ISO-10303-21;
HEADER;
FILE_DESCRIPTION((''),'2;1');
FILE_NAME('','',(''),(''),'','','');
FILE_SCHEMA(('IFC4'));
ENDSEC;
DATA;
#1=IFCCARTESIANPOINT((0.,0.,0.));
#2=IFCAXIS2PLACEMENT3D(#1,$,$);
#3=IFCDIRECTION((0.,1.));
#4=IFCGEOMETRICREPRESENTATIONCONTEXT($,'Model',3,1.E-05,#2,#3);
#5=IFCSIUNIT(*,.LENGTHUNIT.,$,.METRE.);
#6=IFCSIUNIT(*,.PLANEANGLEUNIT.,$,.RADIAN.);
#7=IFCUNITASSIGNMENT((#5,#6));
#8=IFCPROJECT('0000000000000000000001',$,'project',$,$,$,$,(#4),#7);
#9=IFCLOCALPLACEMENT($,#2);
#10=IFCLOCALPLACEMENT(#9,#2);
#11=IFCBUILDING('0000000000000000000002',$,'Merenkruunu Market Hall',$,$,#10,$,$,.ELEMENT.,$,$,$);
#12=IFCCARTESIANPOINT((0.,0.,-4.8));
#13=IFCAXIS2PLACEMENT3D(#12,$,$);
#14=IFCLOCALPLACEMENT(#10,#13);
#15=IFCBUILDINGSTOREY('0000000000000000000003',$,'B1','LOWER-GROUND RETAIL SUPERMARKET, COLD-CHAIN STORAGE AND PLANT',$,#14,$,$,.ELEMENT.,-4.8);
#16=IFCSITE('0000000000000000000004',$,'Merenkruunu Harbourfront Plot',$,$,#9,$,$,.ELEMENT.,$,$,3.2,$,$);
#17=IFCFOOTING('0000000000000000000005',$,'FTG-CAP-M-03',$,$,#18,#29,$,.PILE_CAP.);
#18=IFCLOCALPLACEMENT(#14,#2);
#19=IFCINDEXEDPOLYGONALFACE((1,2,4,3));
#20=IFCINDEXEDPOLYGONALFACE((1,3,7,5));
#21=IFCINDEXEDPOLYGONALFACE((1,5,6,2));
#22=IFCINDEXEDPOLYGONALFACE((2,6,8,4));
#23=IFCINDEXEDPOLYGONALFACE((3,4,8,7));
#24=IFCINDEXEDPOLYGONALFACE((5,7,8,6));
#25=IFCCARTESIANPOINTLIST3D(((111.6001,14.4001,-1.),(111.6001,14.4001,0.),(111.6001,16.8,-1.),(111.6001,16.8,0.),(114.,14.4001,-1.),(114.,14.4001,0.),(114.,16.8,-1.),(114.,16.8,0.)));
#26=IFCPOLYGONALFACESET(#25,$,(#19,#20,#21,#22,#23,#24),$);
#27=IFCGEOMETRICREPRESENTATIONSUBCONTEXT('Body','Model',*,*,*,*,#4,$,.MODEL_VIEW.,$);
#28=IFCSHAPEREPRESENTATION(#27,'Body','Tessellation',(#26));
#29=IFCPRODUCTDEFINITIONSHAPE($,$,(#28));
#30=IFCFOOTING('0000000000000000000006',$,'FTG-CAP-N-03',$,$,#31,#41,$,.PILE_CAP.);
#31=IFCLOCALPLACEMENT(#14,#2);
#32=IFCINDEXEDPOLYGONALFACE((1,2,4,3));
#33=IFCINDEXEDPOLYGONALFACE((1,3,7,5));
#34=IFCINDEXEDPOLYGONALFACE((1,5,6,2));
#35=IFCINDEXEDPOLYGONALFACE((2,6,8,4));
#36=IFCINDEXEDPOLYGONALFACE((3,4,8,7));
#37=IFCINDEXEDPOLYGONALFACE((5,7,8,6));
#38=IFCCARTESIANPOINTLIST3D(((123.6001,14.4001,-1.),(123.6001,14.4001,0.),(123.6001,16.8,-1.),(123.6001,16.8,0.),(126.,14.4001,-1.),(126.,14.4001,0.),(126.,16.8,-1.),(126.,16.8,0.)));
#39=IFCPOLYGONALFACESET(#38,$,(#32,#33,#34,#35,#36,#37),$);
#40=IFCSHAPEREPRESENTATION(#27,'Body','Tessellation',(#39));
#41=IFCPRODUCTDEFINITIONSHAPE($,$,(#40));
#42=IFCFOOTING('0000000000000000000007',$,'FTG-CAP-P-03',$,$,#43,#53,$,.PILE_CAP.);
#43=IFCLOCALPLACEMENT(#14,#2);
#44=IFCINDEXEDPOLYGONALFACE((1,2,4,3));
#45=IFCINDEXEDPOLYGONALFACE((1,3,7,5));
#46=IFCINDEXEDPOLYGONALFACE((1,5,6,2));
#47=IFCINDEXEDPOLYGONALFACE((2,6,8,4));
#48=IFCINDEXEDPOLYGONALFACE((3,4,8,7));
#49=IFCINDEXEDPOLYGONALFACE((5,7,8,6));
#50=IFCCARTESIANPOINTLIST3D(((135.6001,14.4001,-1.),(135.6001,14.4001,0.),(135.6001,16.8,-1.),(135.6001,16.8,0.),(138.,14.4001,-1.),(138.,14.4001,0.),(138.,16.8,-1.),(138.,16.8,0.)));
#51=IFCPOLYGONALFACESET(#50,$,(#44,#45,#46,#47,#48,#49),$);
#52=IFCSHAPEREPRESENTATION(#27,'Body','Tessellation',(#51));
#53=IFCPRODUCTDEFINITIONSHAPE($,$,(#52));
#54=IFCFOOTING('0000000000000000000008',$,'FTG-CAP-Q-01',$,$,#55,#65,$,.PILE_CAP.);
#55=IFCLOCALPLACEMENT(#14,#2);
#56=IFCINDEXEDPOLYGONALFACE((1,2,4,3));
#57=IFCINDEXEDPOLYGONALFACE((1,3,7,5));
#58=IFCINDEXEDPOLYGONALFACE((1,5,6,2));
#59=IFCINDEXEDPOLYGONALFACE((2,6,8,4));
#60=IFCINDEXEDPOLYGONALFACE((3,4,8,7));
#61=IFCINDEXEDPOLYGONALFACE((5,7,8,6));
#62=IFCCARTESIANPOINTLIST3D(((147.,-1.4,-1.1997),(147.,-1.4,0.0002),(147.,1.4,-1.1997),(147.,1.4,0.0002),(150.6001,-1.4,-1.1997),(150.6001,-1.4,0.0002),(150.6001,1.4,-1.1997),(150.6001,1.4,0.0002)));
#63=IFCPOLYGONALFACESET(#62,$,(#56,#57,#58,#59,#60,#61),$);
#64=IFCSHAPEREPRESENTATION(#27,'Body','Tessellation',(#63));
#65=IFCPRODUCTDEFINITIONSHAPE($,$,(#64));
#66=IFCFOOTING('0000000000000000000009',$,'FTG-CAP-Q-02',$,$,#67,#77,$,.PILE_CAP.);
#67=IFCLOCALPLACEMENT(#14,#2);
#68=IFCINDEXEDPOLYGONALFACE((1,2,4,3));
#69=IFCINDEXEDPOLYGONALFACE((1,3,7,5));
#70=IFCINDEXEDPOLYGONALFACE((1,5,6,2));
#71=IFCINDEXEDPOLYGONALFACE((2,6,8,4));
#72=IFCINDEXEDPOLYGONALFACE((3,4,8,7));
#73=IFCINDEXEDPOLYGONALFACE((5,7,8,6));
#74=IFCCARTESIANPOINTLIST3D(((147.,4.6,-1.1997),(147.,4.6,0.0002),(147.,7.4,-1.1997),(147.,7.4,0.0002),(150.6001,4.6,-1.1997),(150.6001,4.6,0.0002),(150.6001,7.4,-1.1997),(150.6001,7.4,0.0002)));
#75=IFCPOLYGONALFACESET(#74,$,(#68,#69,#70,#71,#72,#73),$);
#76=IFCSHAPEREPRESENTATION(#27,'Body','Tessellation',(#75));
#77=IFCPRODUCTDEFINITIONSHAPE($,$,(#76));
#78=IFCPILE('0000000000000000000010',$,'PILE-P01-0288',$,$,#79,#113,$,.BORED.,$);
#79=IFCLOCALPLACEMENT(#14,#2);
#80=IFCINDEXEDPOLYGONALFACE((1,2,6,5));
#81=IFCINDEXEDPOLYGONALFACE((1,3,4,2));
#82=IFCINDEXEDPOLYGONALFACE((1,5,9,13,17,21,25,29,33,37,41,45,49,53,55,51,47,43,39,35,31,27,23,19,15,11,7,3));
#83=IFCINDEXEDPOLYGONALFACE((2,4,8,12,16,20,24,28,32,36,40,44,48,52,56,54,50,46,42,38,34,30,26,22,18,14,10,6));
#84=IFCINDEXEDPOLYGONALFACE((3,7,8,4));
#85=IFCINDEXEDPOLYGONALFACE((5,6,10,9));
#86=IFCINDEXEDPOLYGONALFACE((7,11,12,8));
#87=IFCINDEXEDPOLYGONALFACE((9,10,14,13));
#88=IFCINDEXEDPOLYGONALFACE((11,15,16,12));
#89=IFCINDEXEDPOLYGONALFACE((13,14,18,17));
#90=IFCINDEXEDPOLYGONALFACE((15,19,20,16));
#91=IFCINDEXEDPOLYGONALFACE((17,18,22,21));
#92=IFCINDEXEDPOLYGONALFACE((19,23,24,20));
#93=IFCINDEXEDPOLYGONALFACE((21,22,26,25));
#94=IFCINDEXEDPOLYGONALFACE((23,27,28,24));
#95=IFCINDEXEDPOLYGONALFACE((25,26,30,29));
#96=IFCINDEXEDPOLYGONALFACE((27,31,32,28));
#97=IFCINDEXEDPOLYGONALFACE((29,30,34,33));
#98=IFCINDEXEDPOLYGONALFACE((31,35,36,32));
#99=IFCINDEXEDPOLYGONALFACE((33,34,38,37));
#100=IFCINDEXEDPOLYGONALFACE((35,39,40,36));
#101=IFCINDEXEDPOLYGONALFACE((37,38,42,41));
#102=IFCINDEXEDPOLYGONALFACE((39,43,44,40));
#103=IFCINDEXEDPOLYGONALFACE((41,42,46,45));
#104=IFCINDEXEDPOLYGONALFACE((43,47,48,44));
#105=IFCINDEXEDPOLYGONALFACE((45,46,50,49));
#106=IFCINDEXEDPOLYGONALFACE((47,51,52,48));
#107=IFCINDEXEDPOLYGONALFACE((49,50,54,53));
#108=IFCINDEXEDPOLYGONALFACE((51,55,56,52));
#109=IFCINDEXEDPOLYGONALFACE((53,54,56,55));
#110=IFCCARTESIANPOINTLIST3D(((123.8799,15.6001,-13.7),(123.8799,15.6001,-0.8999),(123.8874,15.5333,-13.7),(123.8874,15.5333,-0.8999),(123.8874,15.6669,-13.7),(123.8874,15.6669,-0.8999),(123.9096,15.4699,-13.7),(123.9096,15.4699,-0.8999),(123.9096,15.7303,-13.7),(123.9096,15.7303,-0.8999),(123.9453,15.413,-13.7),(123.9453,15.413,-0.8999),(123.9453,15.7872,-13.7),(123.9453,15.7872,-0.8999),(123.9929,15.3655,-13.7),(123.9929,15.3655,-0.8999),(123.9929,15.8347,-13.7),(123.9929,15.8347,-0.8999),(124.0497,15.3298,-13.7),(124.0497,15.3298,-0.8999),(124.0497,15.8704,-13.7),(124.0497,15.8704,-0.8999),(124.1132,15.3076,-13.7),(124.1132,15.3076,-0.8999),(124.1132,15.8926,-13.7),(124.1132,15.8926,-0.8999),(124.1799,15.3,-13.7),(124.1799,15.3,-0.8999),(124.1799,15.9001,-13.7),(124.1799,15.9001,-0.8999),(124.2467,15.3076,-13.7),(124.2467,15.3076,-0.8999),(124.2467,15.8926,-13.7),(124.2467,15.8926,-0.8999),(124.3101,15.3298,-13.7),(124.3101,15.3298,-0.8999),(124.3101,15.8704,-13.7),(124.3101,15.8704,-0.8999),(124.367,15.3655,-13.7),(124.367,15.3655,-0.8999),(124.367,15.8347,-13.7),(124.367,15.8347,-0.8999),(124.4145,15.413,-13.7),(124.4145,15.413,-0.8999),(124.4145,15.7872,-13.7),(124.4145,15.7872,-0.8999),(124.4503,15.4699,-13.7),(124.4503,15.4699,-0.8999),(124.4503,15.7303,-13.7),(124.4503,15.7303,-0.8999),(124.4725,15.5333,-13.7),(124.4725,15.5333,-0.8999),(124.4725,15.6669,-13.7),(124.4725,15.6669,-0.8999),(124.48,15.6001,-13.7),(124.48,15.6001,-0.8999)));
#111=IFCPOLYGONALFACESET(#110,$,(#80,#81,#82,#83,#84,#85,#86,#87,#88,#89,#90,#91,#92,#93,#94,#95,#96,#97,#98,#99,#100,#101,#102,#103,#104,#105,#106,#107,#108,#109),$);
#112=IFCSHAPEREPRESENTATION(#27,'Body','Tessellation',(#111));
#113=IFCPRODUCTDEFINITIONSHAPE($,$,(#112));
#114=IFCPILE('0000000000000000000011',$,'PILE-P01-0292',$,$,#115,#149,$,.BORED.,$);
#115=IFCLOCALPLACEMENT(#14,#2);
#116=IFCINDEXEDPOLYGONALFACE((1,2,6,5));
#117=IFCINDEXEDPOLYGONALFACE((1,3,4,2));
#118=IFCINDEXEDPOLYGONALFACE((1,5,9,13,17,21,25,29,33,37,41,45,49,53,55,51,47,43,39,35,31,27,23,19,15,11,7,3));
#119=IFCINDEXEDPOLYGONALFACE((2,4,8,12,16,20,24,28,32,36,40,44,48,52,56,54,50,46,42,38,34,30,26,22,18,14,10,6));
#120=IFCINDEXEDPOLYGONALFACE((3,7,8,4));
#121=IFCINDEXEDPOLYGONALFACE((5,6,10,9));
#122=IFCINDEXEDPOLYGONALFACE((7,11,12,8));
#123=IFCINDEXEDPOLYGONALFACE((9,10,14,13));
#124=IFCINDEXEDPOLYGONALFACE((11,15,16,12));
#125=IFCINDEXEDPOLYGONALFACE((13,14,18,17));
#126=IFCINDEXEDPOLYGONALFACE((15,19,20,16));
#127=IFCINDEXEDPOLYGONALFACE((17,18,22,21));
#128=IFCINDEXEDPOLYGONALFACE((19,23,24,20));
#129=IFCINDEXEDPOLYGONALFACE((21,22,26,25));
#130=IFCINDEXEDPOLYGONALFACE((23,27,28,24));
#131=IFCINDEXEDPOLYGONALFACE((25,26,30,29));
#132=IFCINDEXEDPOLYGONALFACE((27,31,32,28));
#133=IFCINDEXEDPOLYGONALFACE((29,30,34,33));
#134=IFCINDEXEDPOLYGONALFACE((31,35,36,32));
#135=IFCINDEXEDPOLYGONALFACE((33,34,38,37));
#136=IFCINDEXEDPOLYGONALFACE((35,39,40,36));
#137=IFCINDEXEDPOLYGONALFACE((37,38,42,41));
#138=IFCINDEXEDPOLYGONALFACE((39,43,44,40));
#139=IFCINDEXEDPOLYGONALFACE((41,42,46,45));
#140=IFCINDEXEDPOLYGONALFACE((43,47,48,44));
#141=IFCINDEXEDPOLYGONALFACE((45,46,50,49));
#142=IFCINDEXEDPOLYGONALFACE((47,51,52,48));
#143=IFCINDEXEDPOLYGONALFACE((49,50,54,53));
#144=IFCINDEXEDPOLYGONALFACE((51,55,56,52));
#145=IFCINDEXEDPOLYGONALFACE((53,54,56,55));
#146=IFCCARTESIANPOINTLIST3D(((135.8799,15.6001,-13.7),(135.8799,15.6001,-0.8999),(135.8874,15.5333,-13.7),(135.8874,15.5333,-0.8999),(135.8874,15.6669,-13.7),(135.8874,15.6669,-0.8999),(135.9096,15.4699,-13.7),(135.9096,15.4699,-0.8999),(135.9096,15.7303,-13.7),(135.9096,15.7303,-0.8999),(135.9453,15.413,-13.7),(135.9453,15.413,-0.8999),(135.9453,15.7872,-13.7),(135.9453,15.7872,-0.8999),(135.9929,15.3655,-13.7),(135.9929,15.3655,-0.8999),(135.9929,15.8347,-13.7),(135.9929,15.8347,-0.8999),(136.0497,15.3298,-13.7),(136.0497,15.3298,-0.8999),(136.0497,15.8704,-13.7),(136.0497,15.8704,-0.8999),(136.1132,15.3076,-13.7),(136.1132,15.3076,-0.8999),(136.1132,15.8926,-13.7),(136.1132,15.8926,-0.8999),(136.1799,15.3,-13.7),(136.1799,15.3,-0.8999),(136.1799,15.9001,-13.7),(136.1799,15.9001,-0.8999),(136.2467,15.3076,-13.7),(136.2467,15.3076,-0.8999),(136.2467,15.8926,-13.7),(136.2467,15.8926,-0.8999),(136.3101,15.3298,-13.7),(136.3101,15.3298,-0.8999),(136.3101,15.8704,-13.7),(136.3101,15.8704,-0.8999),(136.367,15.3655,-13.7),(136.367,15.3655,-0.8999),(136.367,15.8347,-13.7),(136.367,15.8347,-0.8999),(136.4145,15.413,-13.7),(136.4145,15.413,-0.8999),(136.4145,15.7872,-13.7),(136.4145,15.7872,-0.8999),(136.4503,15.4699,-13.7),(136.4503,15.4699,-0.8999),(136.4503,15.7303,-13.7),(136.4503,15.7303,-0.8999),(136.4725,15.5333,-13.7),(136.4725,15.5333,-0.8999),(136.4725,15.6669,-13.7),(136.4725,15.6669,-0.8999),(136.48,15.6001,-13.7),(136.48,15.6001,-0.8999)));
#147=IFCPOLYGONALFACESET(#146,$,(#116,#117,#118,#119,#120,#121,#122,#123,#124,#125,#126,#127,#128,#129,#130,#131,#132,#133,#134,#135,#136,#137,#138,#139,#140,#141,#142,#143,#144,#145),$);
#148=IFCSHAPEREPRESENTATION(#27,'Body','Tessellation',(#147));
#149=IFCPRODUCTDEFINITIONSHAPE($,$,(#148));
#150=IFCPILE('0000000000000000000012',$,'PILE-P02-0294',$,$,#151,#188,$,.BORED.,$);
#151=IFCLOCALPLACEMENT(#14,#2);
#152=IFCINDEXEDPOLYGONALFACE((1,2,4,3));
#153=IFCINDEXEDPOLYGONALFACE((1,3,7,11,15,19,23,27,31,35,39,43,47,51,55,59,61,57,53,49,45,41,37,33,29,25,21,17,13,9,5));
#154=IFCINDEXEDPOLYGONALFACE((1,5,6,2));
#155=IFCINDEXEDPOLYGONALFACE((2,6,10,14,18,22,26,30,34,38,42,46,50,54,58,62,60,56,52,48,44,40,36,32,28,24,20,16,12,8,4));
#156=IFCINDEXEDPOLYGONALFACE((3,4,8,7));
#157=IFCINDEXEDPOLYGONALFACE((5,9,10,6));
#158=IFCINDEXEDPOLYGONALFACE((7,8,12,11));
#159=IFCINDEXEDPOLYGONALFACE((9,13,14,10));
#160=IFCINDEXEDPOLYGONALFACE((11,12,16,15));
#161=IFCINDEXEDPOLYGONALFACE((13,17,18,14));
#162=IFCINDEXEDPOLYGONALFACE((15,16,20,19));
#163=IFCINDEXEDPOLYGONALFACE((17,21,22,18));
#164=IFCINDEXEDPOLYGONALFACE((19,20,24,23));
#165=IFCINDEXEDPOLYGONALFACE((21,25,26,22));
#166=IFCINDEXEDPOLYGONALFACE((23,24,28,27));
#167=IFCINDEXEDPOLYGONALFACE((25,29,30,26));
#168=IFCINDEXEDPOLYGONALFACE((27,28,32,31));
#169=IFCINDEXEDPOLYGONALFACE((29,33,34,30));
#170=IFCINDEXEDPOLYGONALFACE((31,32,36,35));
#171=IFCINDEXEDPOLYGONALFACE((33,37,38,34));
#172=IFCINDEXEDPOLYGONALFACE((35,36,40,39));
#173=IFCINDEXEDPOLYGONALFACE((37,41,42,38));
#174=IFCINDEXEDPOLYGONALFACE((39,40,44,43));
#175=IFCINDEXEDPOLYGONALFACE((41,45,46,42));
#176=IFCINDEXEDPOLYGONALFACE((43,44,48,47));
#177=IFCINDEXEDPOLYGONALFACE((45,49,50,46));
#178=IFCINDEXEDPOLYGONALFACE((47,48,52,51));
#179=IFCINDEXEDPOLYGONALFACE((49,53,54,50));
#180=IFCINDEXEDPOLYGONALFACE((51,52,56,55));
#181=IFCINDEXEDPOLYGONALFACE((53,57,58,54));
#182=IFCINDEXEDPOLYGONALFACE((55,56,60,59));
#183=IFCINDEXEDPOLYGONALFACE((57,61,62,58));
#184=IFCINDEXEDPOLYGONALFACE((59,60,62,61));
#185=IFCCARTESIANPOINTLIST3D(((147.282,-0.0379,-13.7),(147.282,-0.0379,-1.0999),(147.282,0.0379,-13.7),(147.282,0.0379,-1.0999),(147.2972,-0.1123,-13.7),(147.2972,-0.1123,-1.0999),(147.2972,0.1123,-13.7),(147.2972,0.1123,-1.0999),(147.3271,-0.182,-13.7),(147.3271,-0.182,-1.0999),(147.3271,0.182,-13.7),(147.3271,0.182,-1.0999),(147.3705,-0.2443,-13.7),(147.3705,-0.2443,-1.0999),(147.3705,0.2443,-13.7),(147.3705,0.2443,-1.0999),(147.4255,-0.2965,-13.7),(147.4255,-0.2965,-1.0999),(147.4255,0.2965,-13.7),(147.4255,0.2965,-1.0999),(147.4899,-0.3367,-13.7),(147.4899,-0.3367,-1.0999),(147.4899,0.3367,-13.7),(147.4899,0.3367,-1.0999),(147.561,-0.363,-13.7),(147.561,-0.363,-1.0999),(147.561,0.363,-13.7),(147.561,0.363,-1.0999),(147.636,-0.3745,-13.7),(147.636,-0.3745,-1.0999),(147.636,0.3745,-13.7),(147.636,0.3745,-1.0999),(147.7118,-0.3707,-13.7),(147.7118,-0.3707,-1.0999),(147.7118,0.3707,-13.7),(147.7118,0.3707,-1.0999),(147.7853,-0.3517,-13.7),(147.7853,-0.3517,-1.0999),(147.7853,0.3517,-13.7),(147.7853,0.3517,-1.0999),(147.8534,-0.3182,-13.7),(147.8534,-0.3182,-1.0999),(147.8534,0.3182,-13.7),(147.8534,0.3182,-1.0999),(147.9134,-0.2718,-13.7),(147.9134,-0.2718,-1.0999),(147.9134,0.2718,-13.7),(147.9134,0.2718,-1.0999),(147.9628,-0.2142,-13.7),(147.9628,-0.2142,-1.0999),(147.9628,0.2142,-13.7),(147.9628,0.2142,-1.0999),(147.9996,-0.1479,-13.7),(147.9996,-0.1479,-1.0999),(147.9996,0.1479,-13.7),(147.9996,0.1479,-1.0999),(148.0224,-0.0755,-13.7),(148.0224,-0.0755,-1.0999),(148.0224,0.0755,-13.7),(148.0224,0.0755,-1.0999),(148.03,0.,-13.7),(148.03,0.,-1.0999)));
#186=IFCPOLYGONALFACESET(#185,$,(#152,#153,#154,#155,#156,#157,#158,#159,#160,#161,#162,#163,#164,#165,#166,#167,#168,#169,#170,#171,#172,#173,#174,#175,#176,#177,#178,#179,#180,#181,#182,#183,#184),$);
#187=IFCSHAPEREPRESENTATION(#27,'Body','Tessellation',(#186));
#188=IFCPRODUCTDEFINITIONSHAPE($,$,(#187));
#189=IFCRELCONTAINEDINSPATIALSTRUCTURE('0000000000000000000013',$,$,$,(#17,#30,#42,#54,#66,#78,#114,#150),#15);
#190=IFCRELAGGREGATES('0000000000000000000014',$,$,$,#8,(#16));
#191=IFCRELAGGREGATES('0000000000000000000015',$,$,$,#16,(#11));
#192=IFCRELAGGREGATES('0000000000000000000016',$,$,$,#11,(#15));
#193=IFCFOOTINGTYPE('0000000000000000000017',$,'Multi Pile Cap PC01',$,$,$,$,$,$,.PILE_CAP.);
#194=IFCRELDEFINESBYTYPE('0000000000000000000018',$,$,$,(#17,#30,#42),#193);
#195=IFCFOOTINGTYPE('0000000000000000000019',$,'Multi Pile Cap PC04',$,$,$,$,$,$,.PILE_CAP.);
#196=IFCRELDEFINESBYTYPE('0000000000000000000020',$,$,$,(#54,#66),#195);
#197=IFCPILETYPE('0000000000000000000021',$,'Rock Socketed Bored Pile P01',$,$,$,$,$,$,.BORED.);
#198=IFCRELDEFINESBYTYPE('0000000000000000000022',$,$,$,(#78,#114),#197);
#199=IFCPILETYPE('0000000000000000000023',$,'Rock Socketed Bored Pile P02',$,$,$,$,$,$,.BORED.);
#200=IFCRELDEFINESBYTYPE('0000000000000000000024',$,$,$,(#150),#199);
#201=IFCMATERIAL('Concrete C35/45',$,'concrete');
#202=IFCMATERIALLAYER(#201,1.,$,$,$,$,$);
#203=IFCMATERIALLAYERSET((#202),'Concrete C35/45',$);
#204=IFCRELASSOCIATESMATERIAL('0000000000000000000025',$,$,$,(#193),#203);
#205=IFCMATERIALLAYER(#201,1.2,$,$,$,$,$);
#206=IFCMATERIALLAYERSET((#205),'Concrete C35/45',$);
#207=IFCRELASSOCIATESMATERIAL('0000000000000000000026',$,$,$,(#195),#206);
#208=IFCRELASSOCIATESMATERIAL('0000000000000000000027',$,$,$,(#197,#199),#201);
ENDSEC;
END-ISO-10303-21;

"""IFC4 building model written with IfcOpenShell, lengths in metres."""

from ifc_helpers import new_model, si_unit, direction, frame, origin, origin_2d, place, context, subcontext, project, spatial, rectangle, circle, extrude, material, layer, layer_set, material_profile, profile_set, type_object, element, save


model = new_model("IFC4")

# Units and contexts
model_context = context("Model", 3, precision=1e-05, world=origin(), true_north=direction((0.0, 1.0)))
body_context = subcontext(model_context, "Body", "Model", "MODEL_VIEW")
ifc_project = project(units=[si_unit("LENGTHUNIT", "METRE"), si_unit("PLANEANGLEUNIT", "RADIAN")], contexts=[model_context])

# Site, building, storey
site_placement = place(None, origin())
site = spatial("IfcSite", under=ifc_project, at=site_placement, Name="Merenkruunu Harbourfront Plot", CompositionType="ELEMENT", RefElevation=3.2)
building_placement = place(site_placement, origin())
building = spatial("IfcBuilding", under=site, at=building_placement, Name="Merenkruunu Market Hall", CompositionType="ELEMENT")
storey_placement = place(building_placement, frame((0.0, 0.0, -4.8)))
storey = spatial("IfcBuildingStorey", under=building, at=storey_placement, Name="B1", Description="LOWER-GROUND RETAIL SUPERMARKET, COLD-CHAIN STORAGE AND PLANT", CompositionType="ELEMENT", Elevation=-4.8)

# Footings
ifc_material = material(Name="Concrete C35/45", Category="concrete")
ifc_layer_1 = layer(ifc_material, 1.0)
ifc_layer_set_1 = layer_set([ifc_layer_1], Name="Concrete C35/45")
footing_type_1 = type_object("IfcFootingType", Name="Multi Pile Cap PC01", PredefinedType="PILE_CAP", material=ifc_layer_set_1)
for number, where, z_axis, x_axis, name in (
    (1, (112.8, 15.6001, -1.0), (0.0, 0.0, 1.0), (1.0, 0.0, 0.0), "FTG-CAP-M-03"),
    (2, (124.8, 15.6001, -1.0), (0.0, 0.0, 1.0), (1.0, 0.0, 0.0), "FTG-CAP-N-03"),
    (3, (136.8, 15.6001, -1.0), (0.0, 0.0, 1.0), (1.0, 0.0, 0.0), "FTG-CAP-P-03"),
):
    element("IfcFooting", number, at=place(storey_placement, frame(where, z_axis=z_axis, x_axis=x_axis)), inside=storey, type_object=footing_type_1, Name=name, PredefinedType="PILE_CAP", context=body_context, shape_type="SweptSolid", body=[
        extrude(rectangle(XDim=2.3999, YDim=2.3999, at=origin_2d()), origin(), (0.0, 0.0, 1.0), 1.0),
    ])
ifc_layer_2 = layer(ifc_material, 1.2)
ifc_layer_set_2 = layer_set([ifc_layer_2], Name="Concrete C35/45")
footing_type_2 = type_object("IfcFootingType", Name="Multi Pile Cap PC04", PredefinedType="PILE_CAP", material=ifc_layer_set_2)
for number, where, z_axis, x_axis, name in (
    (4, (148.8, 0.0, -1.1997), (0.0, 0.0, 1.0), (1.0, 0.0, 0.0), "FTG-CAP-Q-01"),
    (5, (148.8, 6.0, -1.1997), (0.0, 0.0, 1.0), (1.0, 0.0, 0.0), "FTG-CAP-Q-02"),
):
    element("IfcFooting", number, at=place(storey_placement, frame(where, z_axis=z_axis, x_axis=x_axis)), inside=storey, type_object=footing_type_2, Name=name, PredefinedType="PILE_CAP", context=body_context, shape_type="SweptSolid", body=[
        extrude(rectangle(XDim=3.6001, YDim=2.8, at=origin_2d()), origin(), (0.0, 0.0, 1.0), 1.2),
    ])

# Piles
ifc_material_profile_1 = material_profile(ifc_material, circle(Radius=0.3, at=origin_2d()), Name="BORED PILE 600")
ifc_profile_set_1 = profile_set([ifc_material_profile_1], Name="Concrete C35/45")
pile_type_1 = type_object("IfcPileType", Name="Rock Socketed Bored Pile P01", PredefinedType="BORED", material=ifc_profile_set_1)
for number, where, z_axis, x_axis, name in (
    (6, (124.1799, 15.6001, -0.8999), (0.0, 0.0, -1.0), (1.0, 0.0, 0.0), "PILE-P01-0288"),
    (7, (136.1799, 15.6001, -0.8999), (0.0, 0.0, -1.0), (1.0, 0.0, 0.0), "PILE-P01-0292"),
):
    element("IfcPile", number, at=place(storey_placement, frame(where, z_axis=z_axis, x_axis=x_axis)), inside=storey, type_object=pile_type_1, Name=name, PredefinedType="BORED", context=body_context, shape_type="SweptSolid", body=[
        extrude(circle(Radius=0.3, at=origin_2d()), origin(), (0.0, 0.0, 1.0), 12.8),
    ])
ifc_material_profile_2 = material_profile(ifc_material, circle(Radius=0.375, at=origin_2d()), Name="BORED PILE 750")
ifc_profile_set_2 = profile_set([ifc_material_profile_2], Name="Concrete C35/45")
pile_type_2 = type_object("IfcPileType", Name="Rock Socketed Bored Pile P02", PredefinedType="BORED", material=ifc_profile_set_2)
for number, where, z_axis, x_axis, name in (
    (8, (147.655, 0.0, -1.0999), (0.0, 0.0, -1.0), (1.0, 0.0, 0.0), "PILE-P02-0294"),
):
    element("IfcPile", number, at=place(storey_placement, frame(where, z_axis=z_axis, x_axis=x_axis)), inside=storey, type_object=pile_type_2, Name=name, PredefinedType="BORED", context=body_context, shape_type="SweptSolid", body=[
        extrude(circle(Radius=0.375, at=origin_2d()), origin(), (0.0, 0.0, 1.0), 12.6001),
    ])

save(model, "model.ifc")
